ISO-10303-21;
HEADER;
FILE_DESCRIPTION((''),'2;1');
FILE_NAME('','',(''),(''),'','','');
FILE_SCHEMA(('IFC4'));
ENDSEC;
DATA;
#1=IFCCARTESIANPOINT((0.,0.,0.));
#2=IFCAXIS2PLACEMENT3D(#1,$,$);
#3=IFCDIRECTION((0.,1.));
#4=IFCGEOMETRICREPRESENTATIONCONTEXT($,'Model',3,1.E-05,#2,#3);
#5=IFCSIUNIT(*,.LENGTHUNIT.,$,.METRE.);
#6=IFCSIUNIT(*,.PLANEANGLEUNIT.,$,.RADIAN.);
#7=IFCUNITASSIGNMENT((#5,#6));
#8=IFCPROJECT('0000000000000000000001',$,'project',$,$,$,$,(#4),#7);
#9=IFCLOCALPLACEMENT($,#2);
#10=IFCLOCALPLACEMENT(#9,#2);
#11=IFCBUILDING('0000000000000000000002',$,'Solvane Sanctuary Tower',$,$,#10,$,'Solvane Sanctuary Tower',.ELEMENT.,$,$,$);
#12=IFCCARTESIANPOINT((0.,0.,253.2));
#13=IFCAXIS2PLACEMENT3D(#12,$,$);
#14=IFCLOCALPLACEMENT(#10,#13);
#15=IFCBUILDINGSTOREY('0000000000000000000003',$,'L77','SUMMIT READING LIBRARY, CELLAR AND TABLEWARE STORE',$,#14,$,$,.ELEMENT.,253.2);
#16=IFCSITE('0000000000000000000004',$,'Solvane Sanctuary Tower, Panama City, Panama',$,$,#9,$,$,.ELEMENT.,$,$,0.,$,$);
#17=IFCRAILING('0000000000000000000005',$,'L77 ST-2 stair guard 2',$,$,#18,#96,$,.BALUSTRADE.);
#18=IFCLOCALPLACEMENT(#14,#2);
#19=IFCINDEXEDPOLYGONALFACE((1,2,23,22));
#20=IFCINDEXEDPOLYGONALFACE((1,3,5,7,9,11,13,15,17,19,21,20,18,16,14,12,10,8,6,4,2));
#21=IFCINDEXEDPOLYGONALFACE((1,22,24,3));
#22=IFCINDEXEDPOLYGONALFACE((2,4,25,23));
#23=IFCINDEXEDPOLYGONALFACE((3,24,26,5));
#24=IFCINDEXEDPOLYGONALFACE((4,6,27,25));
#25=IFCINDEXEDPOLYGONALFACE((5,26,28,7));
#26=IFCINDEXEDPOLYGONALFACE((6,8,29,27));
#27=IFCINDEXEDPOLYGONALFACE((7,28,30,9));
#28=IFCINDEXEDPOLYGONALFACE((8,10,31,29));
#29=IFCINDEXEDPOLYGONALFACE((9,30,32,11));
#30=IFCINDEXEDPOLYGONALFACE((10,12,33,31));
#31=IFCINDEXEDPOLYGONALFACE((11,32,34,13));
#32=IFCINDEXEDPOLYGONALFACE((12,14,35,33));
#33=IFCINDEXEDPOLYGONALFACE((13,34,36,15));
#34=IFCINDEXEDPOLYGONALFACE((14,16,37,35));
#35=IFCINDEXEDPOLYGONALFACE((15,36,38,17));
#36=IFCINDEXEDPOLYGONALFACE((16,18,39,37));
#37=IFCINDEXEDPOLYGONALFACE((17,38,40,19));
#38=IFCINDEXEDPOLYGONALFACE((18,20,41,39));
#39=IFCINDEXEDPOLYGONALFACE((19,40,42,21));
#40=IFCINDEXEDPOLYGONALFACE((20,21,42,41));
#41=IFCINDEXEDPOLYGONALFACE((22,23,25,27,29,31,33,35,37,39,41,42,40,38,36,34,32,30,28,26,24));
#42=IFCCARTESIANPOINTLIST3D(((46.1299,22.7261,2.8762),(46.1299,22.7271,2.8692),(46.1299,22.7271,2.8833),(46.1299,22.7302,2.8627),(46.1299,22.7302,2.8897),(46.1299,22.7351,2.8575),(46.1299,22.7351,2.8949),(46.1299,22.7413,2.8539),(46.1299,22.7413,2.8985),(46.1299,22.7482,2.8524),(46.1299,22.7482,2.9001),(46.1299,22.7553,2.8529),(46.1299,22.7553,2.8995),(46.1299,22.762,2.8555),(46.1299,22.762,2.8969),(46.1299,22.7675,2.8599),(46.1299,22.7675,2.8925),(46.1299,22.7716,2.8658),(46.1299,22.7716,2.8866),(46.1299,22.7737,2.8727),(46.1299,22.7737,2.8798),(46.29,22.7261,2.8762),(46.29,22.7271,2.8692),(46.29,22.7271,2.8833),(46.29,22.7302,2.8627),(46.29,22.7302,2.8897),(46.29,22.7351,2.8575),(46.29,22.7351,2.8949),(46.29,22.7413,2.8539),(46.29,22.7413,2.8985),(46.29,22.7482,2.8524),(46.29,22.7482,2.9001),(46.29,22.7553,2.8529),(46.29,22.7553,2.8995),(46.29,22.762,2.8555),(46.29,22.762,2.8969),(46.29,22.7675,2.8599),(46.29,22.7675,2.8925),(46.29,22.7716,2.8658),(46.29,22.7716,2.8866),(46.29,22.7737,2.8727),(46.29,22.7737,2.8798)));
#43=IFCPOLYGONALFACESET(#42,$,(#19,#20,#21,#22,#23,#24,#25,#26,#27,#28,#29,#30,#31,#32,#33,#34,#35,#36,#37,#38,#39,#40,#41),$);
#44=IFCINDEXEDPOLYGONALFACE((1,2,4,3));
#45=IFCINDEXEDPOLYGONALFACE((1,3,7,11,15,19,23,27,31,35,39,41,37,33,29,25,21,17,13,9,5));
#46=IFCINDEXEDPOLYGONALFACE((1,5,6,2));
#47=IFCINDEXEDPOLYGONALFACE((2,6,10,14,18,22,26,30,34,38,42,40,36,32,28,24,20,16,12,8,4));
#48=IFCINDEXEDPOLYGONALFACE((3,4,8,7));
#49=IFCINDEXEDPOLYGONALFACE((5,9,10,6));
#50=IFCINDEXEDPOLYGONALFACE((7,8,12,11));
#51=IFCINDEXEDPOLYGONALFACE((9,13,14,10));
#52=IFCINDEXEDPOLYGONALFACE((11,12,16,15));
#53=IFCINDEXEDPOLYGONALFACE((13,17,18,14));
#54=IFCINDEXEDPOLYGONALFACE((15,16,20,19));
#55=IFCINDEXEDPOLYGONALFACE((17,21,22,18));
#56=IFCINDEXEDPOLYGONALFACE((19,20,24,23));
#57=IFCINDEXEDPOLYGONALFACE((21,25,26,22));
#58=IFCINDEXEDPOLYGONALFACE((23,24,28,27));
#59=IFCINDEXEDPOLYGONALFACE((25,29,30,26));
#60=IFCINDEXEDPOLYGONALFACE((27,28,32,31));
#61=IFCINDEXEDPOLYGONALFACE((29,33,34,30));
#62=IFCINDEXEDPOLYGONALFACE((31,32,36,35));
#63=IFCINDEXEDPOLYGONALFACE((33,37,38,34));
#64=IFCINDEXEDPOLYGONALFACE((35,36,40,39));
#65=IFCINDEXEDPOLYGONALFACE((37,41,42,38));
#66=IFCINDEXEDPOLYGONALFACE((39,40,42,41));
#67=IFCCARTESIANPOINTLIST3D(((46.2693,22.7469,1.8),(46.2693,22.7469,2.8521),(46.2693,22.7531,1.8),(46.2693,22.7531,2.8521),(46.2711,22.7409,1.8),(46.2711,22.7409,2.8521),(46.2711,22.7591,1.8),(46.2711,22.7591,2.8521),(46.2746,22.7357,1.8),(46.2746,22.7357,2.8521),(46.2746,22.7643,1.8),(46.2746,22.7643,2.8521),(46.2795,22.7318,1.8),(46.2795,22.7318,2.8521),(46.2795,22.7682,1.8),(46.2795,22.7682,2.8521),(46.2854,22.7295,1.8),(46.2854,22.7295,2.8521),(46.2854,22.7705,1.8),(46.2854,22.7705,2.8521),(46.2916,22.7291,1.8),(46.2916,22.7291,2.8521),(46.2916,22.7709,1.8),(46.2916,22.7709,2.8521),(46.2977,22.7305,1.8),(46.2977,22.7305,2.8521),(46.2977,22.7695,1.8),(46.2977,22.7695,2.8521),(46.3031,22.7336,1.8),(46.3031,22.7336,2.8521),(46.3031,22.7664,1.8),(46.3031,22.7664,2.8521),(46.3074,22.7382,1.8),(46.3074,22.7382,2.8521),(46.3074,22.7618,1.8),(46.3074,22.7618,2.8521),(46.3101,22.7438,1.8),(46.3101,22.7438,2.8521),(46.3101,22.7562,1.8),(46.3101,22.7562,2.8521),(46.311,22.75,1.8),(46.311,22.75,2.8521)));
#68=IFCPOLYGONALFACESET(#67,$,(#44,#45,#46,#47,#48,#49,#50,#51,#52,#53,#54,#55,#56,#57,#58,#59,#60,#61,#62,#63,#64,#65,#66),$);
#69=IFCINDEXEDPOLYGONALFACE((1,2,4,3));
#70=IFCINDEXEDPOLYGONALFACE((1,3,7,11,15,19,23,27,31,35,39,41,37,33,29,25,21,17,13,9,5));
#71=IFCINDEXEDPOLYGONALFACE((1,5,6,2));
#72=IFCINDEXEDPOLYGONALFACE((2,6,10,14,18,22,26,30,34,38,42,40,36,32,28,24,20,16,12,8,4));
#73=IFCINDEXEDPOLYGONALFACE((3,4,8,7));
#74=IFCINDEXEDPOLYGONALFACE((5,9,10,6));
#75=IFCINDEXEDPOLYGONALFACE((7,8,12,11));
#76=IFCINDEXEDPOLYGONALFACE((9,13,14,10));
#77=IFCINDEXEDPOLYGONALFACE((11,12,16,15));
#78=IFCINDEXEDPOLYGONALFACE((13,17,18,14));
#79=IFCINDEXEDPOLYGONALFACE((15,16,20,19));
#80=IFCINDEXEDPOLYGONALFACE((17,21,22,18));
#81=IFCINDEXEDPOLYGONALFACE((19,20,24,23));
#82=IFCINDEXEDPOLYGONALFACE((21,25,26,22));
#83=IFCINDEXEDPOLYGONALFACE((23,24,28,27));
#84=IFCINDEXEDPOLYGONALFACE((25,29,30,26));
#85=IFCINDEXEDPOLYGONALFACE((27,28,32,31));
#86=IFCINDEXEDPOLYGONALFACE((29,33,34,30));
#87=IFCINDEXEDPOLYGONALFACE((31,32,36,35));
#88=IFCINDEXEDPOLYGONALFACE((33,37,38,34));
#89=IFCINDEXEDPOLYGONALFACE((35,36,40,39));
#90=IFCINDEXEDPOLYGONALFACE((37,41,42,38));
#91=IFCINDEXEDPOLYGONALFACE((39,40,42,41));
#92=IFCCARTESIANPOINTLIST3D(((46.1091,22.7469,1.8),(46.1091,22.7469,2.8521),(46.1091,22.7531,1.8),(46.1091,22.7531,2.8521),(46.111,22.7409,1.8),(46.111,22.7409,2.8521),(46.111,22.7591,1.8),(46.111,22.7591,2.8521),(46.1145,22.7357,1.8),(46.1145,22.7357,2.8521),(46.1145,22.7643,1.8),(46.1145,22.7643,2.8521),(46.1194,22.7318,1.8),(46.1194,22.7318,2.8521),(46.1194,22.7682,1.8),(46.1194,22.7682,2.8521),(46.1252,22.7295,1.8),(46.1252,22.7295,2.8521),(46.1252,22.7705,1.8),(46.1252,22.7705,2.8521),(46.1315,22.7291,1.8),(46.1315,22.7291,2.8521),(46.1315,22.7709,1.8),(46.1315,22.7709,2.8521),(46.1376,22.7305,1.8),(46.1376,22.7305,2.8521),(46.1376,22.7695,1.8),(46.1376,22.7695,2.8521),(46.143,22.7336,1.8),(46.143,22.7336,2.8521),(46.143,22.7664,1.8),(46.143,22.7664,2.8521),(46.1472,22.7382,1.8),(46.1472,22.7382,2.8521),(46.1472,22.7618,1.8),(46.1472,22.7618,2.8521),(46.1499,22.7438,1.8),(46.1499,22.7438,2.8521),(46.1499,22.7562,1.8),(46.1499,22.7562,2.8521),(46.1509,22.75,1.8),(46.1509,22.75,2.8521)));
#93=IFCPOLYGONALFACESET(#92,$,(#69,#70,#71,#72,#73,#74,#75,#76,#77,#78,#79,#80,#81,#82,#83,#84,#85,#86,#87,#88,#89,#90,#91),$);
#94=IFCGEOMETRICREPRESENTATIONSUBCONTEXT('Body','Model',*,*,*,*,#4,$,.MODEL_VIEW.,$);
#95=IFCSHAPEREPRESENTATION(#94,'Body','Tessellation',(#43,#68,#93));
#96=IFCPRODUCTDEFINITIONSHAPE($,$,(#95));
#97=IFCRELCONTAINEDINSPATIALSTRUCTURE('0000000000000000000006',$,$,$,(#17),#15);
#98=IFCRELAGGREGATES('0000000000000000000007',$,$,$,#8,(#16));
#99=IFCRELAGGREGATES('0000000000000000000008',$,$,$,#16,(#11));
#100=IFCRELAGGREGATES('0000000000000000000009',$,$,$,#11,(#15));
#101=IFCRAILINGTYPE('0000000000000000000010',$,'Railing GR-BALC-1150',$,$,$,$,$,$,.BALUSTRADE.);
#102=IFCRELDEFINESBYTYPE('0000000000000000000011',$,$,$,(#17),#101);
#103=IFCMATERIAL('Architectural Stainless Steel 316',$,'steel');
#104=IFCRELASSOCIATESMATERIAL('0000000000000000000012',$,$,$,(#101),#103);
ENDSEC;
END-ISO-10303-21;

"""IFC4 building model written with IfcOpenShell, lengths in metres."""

from ifc_helpers import new_model, si_unit, direction, frame, origin, origin_2d, place, context, subcontext, project, spatial, circle, extrude, material, type_object, element, save


model = new_model("IFC4")

# Units and contexts
model_context = context("Model", 3, precision=1e-05, world=origin(), true_north=direction((0.0, 1.0)))
body_context = subcontext(model_context, "Body", "Model", "MODEL_VIEW")
ifc_project = project(units=[si_unit("LENGTHUNIT", "METRE"), si_unit("PLANEANGLEUNIT", "RADIAN")], contexts=[model_context])

# Site, building, storey
site_placement = place(None, origin())
site = spatial("IfcSite", under=ifc_project, at=site_placement, Name="Solvane Sanctuary Tower, Panama City, Panama", CompositionType="ELEMENT", RefElevation=0.0)
building_placement = place(site_placement, origin())
building = spatial("IfcBuilding", under=site, at=building_placement, Name="Solvane Sanctuary Tower", LongName="Solvane Sanctuary Tower", CompositionType="ELEMENT")
storey_placement = place(building_placement, frame((0.0, 0.0, 253.2)))
storey = spatial("IfcBuildingStorey", under=building, at=storey_placement, Name="L77", Description="SUMMIT READING LIBRARY, CELLAR AND TABLEWARE STORE", CompositionType="ELEMENT", Elevation=253.2)

# Shared definitions
ifc_material_1 = material(Name="Architectural Stainless Steel 316", Category="steel")

# Railing
railing_type_1 = type_object("IfcRailingType", Name="Railing GR-BALC-1150", PredefinedType="BALUSTRADE", material=ifc_material_1)
railing_1_placement = place(storey_placement, frame((46.29, 22.75, 1.8)))
element("IfcRailing", 1, at=railing_1_placement, inside=storey, type_object=railing_type_1, Name="L77 ST-2 stair guard 2", PredefinedType="BALUSTRADE", context=body_context, shape_type="SweptSolid", body=[
    extrude(circle(Radius=0.0239, at=origin_2d()), frame((0.0, 0.0, 1.0762), z_axis=(-1.0, 0.0, 0.0), x_axis=(0.0, -1.0, 0.0)), (0.0, 0.0, 1.0), 0.1602),
    extrude(circle(Radius=0.021, at=origin_2d()), origin(), (0.0, 0.0, 1.0), 1.052),
    extrude(circle(Radius=0.021, at=origin_2d()), frame((-0.1602, 0.0, 0.0)), (0.0, 0.0, 1.0), 1.052),
])

save(model, "model.ifc")
